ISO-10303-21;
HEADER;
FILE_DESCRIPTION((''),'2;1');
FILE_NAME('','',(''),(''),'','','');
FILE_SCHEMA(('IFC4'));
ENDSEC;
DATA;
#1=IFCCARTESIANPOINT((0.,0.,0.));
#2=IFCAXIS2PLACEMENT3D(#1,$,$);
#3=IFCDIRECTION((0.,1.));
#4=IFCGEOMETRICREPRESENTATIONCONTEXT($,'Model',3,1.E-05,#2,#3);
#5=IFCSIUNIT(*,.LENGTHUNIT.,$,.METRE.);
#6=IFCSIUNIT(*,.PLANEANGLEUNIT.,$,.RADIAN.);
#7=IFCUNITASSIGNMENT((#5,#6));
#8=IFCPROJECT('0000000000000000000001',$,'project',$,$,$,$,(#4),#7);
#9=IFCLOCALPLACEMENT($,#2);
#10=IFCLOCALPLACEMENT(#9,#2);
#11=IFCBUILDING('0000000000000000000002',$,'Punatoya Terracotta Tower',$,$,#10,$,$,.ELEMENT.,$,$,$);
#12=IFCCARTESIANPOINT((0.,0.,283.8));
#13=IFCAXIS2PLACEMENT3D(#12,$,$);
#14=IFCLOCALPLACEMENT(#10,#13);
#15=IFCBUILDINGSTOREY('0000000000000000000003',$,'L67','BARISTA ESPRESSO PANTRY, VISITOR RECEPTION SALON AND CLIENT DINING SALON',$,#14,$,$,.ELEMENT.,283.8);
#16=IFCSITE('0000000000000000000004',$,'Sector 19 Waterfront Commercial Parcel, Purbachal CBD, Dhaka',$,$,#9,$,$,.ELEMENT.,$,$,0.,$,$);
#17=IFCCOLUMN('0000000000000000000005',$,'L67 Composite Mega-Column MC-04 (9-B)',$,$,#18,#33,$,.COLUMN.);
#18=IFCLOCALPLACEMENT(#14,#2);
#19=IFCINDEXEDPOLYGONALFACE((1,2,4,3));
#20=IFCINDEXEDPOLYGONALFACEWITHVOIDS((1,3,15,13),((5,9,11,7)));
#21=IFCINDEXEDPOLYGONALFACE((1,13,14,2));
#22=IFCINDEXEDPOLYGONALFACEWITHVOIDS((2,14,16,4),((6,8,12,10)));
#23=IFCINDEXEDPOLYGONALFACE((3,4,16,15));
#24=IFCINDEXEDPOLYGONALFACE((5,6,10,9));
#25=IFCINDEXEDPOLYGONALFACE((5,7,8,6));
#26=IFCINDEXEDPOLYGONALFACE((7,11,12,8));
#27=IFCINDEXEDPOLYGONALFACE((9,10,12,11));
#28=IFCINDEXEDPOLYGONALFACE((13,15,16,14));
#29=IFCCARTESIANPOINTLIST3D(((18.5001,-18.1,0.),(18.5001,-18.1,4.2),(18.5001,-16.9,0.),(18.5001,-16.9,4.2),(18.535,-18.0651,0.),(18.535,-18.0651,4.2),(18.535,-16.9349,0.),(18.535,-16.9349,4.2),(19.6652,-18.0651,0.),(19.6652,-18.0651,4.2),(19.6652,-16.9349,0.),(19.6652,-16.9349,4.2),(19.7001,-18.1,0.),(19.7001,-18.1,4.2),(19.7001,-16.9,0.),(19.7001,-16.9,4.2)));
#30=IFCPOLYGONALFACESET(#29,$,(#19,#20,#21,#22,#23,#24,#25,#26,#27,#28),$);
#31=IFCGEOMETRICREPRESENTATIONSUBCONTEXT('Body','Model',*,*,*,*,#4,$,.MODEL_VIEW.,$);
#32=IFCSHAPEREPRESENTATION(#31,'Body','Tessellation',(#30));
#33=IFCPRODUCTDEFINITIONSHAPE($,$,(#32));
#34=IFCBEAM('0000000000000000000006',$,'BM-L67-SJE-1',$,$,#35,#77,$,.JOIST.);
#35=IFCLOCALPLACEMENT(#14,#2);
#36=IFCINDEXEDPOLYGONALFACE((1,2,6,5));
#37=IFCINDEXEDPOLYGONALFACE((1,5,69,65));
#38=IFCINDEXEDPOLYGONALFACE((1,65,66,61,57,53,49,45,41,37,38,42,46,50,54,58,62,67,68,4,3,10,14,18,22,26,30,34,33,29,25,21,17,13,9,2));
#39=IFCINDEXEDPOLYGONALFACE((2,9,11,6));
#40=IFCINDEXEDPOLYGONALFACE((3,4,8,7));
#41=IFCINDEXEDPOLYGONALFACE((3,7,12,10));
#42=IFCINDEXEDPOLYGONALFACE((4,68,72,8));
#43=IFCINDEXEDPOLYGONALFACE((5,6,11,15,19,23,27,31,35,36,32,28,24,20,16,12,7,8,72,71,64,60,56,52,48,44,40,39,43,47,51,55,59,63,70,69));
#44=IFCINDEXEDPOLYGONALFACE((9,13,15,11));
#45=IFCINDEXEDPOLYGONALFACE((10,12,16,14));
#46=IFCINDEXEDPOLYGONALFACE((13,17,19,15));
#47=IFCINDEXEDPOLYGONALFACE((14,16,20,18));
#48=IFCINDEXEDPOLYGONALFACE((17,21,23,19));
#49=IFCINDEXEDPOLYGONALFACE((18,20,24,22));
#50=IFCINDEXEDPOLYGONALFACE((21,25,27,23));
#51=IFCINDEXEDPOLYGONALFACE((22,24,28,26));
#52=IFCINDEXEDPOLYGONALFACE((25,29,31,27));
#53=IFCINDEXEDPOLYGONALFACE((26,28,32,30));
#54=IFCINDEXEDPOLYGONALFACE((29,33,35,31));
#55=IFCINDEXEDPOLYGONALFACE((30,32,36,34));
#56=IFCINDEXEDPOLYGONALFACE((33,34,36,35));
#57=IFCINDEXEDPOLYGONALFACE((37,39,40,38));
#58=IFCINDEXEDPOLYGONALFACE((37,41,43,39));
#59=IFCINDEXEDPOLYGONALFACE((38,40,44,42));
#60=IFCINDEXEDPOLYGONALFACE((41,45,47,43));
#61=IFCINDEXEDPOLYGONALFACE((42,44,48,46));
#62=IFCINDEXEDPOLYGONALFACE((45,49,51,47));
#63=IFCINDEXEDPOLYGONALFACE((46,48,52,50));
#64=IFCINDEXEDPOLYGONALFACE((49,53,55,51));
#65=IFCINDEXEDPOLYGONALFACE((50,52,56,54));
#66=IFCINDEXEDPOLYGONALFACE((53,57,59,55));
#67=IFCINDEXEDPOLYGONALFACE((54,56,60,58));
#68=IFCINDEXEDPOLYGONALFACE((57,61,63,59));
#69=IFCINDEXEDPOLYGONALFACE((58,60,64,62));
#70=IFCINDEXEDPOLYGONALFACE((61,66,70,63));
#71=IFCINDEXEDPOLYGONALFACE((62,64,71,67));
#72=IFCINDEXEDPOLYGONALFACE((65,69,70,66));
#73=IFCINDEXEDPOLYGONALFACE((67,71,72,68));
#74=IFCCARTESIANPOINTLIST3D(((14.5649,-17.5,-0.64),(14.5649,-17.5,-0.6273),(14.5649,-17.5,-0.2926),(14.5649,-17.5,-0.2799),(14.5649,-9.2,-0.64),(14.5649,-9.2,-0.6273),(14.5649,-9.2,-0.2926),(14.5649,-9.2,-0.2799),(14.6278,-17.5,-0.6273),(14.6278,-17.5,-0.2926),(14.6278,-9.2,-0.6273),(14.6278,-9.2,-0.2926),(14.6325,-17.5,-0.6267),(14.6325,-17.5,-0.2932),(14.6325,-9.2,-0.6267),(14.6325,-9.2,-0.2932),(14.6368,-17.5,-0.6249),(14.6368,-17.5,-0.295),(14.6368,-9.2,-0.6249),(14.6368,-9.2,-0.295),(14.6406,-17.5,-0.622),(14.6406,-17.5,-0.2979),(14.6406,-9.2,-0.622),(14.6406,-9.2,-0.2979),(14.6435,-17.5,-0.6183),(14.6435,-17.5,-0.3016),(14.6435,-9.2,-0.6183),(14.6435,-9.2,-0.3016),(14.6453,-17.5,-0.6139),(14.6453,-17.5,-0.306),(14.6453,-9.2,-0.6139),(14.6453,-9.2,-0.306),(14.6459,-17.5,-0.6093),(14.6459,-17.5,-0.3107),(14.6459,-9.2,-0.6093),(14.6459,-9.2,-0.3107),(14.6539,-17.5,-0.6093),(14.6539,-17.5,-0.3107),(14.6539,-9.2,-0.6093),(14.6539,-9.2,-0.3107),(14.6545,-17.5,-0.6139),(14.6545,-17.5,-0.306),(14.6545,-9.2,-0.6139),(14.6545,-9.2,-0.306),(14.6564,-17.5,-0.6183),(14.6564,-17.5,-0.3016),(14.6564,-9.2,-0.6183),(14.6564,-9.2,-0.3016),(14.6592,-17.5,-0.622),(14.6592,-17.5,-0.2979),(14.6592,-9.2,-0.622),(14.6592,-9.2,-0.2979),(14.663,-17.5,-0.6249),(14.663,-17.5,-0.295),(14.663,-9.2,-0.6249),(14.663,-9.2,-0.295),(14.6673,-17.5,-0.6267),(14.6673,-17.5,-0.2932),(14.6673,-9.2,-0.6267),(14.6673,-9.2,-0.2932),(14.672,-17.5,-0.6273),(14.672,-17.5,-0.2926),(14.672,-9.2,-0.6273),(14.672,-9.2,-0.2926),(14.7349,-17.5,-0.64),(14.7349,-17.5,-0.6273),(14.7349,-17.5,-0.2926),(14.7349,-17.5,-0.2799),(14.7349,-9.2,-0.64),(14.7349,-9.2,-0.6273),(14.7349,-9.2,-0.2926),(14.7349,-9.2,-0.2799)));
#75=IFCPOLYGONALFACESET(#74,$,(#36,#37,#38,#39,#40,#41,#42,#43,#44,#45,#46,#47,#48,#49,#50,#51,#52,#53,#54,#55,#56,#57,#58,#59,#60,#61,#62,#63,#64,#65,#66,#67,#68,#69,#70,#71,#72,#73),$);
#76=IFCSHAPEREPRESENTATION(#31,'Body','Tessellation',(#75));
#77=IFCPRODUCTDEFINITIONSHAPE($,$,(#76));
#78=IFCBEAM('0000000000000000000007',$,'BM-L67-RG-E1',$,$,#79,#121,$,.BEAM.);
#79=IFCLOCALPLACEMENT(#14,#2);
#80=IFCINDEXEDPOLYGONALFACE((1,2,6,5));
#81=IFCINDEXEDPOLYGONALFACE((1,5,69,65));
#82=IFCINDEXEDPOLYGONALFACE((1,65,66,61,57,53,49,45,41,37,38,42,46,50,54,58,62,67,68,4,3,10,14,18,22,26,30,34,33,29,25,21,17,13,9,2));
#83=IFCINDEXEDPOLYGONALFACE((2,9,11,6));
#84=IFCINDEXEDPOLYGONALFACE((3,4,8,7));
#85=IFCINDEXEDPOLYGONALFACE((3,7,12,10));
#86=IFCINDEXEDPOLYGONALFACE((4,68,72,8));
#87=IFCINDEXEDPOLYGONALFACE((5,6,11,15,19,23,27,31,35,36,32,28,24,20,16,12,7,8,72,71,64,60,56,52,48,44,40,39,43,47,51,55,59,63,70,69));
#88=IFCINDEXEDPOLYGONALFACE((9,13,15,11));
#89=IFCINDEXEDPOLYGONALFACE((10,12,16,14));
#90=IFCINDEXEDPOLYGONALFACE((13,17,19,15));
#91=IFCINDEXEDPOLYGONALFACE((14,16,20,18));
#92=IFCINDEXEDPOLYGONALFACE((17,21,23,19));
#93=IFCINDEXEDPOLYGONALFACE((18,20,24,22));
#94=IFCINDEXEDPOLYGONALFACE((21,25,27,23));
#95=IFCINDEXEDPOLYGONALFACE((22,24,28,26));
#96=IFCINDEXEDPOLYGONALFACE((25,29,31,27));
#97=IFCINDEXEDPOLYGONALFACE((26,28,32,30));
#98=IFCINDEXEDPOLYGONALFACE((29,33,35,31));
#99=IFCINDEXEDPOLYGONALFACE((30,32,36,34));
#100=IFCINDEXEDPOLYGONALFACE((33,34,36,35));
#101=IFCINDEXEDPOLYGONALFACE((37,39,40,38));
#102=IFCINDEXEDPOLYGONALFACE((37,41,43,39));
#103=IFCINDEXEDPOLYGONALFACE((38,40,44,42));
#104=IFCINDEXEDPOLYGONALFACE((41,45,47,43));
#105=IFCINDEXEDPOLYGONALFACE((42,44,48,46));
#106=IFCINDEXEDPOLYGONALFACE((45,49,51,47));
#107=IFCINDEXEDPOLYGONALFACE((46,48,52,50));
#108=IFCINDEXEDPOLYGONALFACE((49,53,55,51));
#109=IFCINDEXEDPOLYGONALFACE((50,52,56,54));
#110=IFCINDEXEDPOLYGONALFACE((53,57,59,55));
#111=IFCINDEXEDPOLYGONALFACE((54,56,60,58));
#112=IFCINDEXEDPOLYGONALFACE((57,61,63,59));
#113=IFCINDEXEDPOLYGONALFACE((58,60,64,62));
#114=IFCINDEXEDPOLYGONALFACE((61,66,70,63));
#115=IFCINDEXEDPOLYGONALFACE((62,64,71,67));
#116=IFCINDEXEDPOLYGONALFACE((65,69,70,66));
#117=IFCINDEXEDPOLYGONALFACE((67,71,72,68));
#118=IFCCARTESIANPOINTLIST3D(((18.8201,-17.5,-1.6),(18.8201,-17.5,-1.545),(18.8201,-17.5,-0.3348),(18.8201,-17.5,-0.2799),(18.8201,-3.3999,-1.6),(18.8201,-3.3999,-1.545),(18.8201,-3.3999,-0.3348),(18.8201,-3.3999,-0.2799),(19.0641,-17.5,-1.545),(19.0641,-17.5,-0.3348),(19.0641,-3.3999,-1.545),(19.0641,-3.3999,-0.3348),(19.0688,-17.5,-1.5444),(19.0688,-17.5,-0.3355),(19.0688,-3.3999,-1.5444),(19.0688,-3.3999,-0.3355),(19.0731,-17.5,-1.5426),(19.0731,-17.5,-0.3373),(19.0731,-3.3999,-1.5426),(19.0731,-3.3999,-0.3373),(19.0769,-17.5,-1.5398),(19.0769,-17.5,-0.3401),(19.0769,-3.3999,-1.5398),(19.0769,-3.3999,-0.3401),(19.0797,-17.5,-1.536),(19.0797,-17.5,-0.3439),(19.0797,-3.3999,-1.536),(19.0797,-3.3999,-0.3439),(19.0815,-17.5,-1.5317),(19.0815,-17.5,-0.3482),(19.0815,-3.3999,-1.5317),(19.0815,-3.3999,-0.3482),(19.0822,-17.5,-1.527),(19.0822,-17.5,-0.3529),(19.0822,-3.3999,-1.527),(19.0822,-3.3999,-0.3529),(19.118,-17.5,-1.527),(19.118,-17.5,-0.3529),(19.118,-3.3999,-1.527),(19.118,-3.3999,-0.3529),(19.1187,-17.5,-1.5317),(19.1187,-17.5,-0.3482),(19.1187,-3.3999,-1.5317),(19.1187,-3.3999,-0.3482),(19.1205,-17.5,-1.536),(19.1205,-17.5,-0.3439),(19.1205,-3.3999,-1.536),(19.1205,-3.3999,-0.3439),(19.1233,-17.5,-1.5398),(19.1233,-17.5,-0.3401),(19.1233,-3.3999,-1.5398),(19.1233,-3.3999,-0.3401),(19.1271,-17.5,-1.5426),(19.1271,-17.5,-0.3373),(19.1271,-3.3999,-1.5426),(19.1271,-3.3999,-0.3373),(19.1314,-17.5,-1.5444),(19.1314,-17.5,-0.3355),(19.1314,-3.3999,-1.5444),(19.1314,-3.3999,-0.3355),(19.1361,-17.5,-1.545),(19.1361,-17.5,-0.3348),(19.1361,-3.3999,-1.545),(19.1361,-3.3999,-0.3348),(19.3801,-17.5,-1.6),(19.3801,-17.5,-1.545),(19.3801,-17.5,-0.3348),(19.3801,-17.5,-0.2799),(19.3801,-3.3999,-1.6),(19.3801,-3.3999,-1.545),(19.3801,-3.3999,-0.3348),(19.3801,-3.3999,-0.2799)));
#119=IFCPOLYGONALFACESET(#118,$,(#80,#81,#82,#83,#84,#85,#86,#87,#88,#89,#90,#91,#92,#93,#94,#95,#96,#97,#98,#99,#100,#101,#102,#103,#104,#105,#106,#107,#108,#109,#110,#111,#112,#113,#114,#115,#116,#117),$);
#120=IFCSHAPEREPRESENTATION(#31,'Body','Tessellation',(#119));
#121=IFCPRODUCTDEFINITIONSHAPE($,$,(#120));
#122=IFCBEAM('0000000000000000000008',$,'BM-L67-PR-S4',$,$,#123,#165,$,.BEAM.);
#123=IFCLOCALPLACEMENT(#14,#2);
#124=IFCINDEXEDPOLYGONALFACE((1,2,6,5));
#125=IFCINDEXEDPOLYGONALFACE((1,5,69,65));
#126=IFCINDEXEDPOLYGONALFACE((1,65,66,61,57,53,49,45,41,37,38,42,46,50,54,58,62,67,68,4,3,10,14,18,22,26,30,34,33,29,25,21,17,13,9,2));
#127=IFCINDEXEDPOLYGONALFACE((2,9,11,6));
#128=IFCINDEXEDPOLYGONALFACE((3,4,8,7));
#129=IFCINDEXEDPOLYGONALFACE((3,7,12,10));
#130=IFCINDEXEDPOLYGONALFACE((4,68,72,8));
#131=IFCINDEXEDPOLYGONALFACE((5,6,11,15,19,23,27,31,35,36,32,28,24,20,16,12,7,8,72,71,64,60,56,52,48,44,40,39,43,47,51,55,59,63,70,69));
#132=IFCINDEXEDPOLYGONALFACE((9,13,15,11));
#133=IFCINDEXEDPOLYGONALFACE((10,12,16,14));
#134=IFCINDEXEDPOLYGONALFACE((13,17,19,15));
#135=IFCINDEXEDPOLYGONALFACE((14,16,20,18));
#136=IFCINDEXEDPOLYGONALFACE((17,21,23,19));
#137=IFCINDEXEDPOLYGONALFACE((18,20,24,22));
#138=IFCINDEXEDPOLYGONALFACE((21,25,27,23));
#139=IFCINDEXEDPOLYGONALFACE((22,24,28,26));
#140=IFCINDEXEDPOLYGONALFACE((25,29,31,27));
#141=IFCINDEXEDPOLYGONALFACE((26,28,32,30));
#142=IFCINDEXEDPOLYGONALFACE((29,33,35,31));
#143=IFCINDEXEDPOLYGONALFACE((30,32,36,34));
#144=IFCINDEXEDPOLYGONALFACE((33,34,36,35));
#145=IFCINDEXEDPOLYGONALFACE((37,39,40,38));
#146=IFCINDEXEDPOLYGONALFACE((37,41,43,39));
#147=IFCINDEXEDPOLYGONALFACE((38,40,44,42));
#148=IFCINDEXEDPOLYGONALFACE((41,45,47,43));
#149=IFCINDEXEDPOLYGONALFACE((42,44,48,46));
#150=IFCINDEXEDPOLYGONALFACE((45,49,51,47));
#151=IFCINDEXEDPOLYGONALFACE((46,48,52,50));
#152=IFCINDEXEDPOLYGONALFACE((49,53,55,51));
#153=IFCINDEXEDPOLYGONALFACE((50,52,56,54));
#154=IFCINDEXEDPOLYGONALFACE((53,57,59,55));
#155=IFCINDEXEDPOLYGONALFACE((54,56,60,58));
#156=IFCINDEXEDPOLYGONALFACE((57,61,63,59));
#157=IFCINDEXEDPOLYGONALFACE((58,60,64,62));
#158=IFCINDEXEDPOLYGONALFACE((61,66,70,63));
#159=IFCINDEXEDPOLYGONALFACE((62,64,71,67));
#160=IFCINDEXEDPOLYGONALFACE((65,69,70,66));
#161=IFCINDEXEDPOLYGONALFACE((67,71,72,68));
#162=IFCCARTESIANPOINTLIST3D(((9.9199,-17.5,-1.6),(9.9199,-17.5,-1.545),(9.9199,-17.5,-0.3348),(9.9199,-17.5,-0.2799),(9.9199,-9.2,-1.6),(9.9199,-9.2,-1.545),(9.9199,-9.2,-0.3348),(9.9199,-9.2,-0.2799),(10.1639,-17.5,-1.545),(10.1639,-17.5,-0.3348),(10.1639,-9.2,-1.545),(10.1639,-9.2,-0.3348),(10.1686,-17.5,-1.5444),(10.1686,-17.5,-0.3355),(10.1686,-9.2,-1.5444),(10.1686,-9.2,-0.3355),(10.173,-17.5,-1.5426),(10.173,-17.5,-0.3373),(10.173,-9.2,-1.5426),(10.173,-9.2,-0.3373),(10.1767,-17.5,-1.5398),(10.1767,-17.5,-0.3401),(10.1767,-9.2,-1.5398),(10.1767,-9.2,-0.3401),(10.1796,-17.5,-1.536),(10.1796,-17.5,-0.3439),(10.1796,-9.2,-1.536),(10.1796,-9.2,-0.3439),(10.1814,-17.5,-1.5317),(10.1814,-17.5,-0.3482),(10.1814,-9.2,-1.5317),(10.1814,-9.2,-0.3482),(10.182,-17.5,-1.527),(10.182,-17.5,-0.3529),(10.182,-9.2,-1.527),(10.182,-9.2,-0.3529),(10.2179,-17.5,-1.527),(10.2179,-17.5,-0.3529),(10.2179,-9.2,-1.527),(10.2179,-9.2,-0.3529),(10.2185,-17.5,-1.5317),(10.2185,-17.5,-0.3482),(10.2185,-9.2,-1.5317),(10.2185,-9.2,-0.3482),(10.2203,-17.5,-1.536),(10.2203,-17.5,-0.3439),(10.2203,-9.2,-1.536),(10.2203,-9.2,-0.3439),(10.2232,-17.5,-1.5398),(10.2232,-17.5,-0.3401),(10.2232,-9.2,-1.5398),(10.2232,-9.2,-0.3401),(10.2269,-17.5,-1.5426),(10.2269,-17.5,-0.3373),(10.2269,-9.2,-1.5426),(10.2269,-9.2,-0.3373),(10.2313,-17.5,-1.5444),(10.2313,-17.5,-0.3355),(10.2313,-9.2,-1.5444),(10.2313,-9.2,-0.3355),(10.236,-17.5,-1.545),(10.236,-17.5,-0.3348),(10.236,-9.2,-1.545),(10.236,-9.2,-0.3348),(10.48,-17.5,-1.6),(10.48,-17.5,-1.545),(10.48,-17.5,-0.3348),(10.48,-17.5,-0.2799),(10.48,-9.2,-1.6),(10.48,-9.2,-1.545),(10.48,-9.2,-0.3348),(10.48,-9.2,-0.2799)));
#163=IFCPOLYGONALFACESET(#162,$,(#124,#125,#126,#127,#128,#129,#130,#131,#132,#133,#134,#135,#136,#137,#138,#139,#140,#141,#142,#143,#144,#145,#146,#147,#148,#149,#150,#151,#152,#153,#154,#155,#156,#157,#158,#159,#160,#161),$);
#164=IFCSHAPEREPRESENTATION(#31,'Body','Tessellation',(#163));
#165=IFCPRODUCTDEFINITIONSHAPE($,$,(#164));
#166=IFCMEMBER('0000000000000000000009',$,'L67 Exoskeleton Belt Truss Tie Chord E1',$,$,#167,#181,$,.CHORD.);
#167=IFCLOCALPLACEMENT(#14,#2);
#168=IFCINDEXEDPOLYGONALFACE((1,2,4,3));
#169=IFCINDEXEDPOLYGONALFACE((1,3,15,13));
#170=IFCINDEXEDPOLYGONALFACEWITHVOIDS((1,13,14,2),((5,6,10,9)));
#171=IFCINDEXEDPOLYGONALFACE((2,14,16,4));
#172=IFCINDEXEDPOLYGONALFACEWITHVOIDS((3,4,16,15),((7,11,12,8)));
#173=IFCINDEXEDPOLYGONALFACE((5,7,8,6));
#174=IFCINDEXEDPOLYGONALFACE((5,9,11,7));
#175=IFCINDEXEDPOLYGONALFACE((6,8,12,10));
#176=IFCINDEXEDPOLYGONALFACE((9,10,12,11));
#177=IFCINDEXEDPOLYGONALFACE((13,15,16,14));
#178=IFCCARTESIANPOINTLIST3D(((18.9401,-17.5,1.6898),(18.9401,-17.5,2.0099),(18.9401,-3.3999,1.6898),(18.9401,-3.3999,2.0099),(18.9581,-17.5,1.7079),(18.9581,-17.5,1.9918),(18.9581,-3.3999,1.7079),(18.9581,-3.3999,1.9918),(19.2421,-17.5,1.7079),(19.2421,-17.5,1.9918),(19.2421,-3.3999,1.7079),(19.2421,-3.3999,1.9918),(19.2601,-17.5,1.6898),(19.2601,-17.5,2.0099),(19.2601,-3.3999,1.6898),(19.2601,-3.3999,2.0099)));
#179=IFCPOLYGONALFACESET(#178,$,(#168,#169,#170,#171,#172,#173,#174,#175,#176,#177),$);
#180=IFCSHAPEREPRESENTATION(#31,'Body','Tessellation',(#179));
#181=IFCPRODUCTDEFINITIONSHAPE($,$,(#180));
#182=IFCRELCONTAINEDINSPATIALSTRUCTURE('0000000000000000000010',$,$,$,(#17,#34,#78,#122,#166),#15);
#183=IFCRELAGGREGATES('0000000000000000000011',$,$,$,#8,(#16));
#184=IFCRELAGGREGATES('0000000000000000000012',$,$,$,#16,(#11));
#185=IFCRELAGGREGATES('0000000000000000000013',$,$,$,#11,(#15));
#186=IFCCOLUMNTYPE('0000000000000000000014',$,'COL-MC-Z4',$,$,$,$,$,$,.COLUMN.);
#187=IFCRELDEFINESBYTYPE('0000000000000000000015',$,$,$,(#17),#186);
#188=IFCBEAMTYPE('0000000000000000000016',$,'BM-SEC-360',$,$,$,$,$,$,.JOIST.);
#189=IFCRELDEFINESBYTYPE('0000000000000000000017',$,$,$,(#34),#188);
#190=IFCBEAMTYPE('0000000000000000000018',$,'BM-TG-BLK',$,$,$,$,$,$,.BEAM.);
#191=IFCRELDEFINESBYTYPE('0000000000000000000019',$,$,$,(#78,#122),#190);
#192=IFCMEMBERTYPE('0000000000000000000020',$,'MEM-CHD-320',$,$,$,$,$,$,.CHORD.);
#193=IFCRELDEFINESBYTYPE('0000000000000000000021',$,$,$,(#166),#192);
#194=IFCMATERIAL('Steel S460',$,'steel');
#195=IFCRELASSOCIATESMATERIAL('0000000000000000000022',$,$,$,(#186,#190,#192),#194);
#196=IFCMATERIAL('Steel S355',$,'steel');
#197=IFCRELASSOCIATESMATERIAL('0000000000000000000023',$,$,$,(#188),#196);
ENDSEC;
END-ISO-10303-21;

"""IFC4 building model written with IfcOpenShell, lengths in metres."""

from ifc_helpers import new_model, si_unit, direction, frame, origin, origin_2d, place, context, subcontext, project, spatial, hollow_rectangle, i_section, extrude, material, material_profile, profile_set, type_object, element, save


model = new_model("IFC4")

# Units and contexts
model_context = context("Model", 3, precision=1e-05, world=origin(), true_north=direction((0.0, 1.0)))
body_context = subcontext(model_context, "Body", "Model", "MODEL_VIEW")
ifc_project = project(units=[si_unit("LENGTHUNIT", "METRE"), si_unit("PLANEANGLEUNIT", "RADIAN")], contexts=[model_context])

# Site, building, storey
site_placement = place(None, origin())
site = spatial("IfcSite", under=ifc_project, at=site_placement, Name="Sector 19 Waterfront Commercial Parcel, Purbachal CBD, Dhaka", CompositionType="ELEMENT", RefElevation=0.0)
building_placement = place(site_placement, origin())
building = spatial("IfcBuilding", under=site, at=building_placement, Name="Punatoya Terracotta Tower", CompositionType="ELEMENT")
storey_placement = place(building_placement, frame((0.0, 0.0, 283.8)))
storey = spatial("IfcBuildingStorey", under=building, at=storey_placement, Name="L67", Description="BARISTA ESPRESSO PANTRY, VISITOR RECEPTION SALON AND CLIENT DINING SALON", CompositionType="ELEMENT", Elevation=283.8)

# Column
ifc_material_1 = material(Name="Steel S460", Category="steel")
ifc_material_profile_1 = material_profile(ifc_material_1, hollow_rectangle(XDim=1.2, YDim=1.2, WallThickness=0.0349, at=origin_2d()))
ifc_profile_set_1 = profile_set([ifc_material_profile_1], Name="Steel S460")
column_type = type_object("IfcColumnType", Name="COL-MC-Z4", PredefinedType="COLUMN", material=ifc_profile_set_1)
column_placement = place(storey_placement, frame((19.1001, -17.5, 0.0), z_axis=(0.0, 0.0, 1.0), x_axis=(1.0, 0.0, 0.0)))
element("IfcColumn", 1, at=column_placement, inside=storey, type_object=column_type, Name="L67 Composite Mega-Column MC-04 (9-B)", PredefinedType="COLUMN", context=body_context, shape_type="SweptSolid", body=[
    extrude(hollow_rectangle(XDim=1.2, YDim=1.2, WallThickness=0.0349, at=origin_2d()), origin(), (0.0, 0.0, 1.0), 4.2),
])

# Beams
ifc_material_2 = material(Name="Steel S355", Category="steel")
ifc_material_profile_2 = material_profile(ifc_material_2, i_section(OverallWidth=0.1699, OverallDepth=0.3601, WebThickness=0.0081, FlangeThickness=0.0127, FilletRadius=0.0181, at=origin_2d()))
ifc_profile_set_2 = profile_set([ifc_material_profile_2], Name="Steel S355")
beam_type_1 = type_object("IfcBeamType", Name="BM-SEC-360", PredefinedType="JOIST", material=ifc_profile_set_2)
beam_1_placement = place(storey_placement, frame((14.6499, -17.5, -0.46), z_axis=(0.0, 1.0, 0.0), x_axis=(-1.0, 0.0, 0.0)))
element("IfcBeam", 2, at=beam_1_placement, inside=storey, type_object=beam_type_1, Name="BM-L67-SJE-1", PredefinedType="JOIST", context=body_context, shape_type="SweptSolid", body=[
    extrude(i_section(OverallWidth=0.1699, OverallDepth=0.3601, WebThickness=0.0081, FlangeThickness=0.0127, FilletRadius=0.0181, at=origin_2d()), origin(), (0.0, 0.0, 1.0), 8.3),
])
ifc_material_profile_3 = material_profile(ifc_material_1, i_section(OverallWidth=0.5601, OverallDepth=1.3201, WebThickness=0.0359, FlangeThickness=0.0549, FilletRadius=0.0181, at=origin_2d()))
ifc_profile_set_3 = profile_set([ifc_material_profile_3], Name="Steel S460")
beam_type_2 = type_object("IfcBeamType", Name="BM-TG-BLK", PredefinedType="BEAM", material=ifc_profile_set_3)
beam_2_placement = place(storey_placement, frame((19.1001, -17.5, -0.9399), z_axis=(0.0, 1.0, 0.0), x_axis=(-1.0, 0.0, 0.0)))
element("IfcBeam", 3, at=beam_2_placement, inside=storey, type_object=beam_type_2, Name="BM-L67-RG-E1", PredefinedType="BEAM", context=body_context, shape_type="SweptSolid", body=[
    extrude(i_section(OverallWidth=0.5601, OverallDepth=1.3201, WebThickness=0.0359, FlangeThickness=0.0549, FilletRadius=0.0181, at=origin_2d()), origin(), (0.0, 0.0, 1.0), 14.1001),
])
beam_3_placement = place(storey_placement, frame((10.2, -17.5, -0.9399), z_axis=(0.0, 1.0, 0.0), x_axis=(-1.0, 0.0, 0.0)))
element("IfcBeam", 4, at=beam_3_placement, inside=storey, type_object=beam_type_2, Name="BM-L67-PR-S4", PredefinedType="BEAM", context=body_context, shape_type="SweptSolid", body=[
    extrude(i_section(OverallWidth=0.5601, OverallDepth=1.3201, WebThickness=0.0359, FlangeThickness=0.0549, FilletRadius=0.0181, at=origin_2d()), origin(), (0.0, 0.0, 1.0), 8.3),
])

# Member
ifc_material_profile_4 = material_profile(ifc_material_1, hollow_rectangle(XDim=0.3201, YDim=0.3201, WallThickness=0.0181, at=origin_2d()))
ifc_profile_set_4 = profile_set([ifc_material_profile_4], Name="Steel S460")
member_type_1 = type_object("IfcMemberType", Name="MEM-CHD-320", PredefinedType="CHORD", material=ifc_profile_set_4)
member_1_placement = place(storey_placement, frame((19.1001, -17.5, 1.8499), z_axis=(0.0, 1.0, 0.0), x_axis=(-1.0, 0.0, 0.0)))
element("IfcMember", 5, at=member_1_placement, inside=storey, type_object=member_type_1, Name="L67 Exoskeleton Belt Truss Tie Chord E1", PredefinedType="CHORD", context=body_context, shape_type="SweptSolid", body=[
    extrude(hollow_rectangle(XDim=0.3201, YDim=0.3201, WallThickness=0.0181, at=origin_2d()), origin(), (0.0, 0.0, 1.0), 14.1001),
])

save(model, "model.ifc")
